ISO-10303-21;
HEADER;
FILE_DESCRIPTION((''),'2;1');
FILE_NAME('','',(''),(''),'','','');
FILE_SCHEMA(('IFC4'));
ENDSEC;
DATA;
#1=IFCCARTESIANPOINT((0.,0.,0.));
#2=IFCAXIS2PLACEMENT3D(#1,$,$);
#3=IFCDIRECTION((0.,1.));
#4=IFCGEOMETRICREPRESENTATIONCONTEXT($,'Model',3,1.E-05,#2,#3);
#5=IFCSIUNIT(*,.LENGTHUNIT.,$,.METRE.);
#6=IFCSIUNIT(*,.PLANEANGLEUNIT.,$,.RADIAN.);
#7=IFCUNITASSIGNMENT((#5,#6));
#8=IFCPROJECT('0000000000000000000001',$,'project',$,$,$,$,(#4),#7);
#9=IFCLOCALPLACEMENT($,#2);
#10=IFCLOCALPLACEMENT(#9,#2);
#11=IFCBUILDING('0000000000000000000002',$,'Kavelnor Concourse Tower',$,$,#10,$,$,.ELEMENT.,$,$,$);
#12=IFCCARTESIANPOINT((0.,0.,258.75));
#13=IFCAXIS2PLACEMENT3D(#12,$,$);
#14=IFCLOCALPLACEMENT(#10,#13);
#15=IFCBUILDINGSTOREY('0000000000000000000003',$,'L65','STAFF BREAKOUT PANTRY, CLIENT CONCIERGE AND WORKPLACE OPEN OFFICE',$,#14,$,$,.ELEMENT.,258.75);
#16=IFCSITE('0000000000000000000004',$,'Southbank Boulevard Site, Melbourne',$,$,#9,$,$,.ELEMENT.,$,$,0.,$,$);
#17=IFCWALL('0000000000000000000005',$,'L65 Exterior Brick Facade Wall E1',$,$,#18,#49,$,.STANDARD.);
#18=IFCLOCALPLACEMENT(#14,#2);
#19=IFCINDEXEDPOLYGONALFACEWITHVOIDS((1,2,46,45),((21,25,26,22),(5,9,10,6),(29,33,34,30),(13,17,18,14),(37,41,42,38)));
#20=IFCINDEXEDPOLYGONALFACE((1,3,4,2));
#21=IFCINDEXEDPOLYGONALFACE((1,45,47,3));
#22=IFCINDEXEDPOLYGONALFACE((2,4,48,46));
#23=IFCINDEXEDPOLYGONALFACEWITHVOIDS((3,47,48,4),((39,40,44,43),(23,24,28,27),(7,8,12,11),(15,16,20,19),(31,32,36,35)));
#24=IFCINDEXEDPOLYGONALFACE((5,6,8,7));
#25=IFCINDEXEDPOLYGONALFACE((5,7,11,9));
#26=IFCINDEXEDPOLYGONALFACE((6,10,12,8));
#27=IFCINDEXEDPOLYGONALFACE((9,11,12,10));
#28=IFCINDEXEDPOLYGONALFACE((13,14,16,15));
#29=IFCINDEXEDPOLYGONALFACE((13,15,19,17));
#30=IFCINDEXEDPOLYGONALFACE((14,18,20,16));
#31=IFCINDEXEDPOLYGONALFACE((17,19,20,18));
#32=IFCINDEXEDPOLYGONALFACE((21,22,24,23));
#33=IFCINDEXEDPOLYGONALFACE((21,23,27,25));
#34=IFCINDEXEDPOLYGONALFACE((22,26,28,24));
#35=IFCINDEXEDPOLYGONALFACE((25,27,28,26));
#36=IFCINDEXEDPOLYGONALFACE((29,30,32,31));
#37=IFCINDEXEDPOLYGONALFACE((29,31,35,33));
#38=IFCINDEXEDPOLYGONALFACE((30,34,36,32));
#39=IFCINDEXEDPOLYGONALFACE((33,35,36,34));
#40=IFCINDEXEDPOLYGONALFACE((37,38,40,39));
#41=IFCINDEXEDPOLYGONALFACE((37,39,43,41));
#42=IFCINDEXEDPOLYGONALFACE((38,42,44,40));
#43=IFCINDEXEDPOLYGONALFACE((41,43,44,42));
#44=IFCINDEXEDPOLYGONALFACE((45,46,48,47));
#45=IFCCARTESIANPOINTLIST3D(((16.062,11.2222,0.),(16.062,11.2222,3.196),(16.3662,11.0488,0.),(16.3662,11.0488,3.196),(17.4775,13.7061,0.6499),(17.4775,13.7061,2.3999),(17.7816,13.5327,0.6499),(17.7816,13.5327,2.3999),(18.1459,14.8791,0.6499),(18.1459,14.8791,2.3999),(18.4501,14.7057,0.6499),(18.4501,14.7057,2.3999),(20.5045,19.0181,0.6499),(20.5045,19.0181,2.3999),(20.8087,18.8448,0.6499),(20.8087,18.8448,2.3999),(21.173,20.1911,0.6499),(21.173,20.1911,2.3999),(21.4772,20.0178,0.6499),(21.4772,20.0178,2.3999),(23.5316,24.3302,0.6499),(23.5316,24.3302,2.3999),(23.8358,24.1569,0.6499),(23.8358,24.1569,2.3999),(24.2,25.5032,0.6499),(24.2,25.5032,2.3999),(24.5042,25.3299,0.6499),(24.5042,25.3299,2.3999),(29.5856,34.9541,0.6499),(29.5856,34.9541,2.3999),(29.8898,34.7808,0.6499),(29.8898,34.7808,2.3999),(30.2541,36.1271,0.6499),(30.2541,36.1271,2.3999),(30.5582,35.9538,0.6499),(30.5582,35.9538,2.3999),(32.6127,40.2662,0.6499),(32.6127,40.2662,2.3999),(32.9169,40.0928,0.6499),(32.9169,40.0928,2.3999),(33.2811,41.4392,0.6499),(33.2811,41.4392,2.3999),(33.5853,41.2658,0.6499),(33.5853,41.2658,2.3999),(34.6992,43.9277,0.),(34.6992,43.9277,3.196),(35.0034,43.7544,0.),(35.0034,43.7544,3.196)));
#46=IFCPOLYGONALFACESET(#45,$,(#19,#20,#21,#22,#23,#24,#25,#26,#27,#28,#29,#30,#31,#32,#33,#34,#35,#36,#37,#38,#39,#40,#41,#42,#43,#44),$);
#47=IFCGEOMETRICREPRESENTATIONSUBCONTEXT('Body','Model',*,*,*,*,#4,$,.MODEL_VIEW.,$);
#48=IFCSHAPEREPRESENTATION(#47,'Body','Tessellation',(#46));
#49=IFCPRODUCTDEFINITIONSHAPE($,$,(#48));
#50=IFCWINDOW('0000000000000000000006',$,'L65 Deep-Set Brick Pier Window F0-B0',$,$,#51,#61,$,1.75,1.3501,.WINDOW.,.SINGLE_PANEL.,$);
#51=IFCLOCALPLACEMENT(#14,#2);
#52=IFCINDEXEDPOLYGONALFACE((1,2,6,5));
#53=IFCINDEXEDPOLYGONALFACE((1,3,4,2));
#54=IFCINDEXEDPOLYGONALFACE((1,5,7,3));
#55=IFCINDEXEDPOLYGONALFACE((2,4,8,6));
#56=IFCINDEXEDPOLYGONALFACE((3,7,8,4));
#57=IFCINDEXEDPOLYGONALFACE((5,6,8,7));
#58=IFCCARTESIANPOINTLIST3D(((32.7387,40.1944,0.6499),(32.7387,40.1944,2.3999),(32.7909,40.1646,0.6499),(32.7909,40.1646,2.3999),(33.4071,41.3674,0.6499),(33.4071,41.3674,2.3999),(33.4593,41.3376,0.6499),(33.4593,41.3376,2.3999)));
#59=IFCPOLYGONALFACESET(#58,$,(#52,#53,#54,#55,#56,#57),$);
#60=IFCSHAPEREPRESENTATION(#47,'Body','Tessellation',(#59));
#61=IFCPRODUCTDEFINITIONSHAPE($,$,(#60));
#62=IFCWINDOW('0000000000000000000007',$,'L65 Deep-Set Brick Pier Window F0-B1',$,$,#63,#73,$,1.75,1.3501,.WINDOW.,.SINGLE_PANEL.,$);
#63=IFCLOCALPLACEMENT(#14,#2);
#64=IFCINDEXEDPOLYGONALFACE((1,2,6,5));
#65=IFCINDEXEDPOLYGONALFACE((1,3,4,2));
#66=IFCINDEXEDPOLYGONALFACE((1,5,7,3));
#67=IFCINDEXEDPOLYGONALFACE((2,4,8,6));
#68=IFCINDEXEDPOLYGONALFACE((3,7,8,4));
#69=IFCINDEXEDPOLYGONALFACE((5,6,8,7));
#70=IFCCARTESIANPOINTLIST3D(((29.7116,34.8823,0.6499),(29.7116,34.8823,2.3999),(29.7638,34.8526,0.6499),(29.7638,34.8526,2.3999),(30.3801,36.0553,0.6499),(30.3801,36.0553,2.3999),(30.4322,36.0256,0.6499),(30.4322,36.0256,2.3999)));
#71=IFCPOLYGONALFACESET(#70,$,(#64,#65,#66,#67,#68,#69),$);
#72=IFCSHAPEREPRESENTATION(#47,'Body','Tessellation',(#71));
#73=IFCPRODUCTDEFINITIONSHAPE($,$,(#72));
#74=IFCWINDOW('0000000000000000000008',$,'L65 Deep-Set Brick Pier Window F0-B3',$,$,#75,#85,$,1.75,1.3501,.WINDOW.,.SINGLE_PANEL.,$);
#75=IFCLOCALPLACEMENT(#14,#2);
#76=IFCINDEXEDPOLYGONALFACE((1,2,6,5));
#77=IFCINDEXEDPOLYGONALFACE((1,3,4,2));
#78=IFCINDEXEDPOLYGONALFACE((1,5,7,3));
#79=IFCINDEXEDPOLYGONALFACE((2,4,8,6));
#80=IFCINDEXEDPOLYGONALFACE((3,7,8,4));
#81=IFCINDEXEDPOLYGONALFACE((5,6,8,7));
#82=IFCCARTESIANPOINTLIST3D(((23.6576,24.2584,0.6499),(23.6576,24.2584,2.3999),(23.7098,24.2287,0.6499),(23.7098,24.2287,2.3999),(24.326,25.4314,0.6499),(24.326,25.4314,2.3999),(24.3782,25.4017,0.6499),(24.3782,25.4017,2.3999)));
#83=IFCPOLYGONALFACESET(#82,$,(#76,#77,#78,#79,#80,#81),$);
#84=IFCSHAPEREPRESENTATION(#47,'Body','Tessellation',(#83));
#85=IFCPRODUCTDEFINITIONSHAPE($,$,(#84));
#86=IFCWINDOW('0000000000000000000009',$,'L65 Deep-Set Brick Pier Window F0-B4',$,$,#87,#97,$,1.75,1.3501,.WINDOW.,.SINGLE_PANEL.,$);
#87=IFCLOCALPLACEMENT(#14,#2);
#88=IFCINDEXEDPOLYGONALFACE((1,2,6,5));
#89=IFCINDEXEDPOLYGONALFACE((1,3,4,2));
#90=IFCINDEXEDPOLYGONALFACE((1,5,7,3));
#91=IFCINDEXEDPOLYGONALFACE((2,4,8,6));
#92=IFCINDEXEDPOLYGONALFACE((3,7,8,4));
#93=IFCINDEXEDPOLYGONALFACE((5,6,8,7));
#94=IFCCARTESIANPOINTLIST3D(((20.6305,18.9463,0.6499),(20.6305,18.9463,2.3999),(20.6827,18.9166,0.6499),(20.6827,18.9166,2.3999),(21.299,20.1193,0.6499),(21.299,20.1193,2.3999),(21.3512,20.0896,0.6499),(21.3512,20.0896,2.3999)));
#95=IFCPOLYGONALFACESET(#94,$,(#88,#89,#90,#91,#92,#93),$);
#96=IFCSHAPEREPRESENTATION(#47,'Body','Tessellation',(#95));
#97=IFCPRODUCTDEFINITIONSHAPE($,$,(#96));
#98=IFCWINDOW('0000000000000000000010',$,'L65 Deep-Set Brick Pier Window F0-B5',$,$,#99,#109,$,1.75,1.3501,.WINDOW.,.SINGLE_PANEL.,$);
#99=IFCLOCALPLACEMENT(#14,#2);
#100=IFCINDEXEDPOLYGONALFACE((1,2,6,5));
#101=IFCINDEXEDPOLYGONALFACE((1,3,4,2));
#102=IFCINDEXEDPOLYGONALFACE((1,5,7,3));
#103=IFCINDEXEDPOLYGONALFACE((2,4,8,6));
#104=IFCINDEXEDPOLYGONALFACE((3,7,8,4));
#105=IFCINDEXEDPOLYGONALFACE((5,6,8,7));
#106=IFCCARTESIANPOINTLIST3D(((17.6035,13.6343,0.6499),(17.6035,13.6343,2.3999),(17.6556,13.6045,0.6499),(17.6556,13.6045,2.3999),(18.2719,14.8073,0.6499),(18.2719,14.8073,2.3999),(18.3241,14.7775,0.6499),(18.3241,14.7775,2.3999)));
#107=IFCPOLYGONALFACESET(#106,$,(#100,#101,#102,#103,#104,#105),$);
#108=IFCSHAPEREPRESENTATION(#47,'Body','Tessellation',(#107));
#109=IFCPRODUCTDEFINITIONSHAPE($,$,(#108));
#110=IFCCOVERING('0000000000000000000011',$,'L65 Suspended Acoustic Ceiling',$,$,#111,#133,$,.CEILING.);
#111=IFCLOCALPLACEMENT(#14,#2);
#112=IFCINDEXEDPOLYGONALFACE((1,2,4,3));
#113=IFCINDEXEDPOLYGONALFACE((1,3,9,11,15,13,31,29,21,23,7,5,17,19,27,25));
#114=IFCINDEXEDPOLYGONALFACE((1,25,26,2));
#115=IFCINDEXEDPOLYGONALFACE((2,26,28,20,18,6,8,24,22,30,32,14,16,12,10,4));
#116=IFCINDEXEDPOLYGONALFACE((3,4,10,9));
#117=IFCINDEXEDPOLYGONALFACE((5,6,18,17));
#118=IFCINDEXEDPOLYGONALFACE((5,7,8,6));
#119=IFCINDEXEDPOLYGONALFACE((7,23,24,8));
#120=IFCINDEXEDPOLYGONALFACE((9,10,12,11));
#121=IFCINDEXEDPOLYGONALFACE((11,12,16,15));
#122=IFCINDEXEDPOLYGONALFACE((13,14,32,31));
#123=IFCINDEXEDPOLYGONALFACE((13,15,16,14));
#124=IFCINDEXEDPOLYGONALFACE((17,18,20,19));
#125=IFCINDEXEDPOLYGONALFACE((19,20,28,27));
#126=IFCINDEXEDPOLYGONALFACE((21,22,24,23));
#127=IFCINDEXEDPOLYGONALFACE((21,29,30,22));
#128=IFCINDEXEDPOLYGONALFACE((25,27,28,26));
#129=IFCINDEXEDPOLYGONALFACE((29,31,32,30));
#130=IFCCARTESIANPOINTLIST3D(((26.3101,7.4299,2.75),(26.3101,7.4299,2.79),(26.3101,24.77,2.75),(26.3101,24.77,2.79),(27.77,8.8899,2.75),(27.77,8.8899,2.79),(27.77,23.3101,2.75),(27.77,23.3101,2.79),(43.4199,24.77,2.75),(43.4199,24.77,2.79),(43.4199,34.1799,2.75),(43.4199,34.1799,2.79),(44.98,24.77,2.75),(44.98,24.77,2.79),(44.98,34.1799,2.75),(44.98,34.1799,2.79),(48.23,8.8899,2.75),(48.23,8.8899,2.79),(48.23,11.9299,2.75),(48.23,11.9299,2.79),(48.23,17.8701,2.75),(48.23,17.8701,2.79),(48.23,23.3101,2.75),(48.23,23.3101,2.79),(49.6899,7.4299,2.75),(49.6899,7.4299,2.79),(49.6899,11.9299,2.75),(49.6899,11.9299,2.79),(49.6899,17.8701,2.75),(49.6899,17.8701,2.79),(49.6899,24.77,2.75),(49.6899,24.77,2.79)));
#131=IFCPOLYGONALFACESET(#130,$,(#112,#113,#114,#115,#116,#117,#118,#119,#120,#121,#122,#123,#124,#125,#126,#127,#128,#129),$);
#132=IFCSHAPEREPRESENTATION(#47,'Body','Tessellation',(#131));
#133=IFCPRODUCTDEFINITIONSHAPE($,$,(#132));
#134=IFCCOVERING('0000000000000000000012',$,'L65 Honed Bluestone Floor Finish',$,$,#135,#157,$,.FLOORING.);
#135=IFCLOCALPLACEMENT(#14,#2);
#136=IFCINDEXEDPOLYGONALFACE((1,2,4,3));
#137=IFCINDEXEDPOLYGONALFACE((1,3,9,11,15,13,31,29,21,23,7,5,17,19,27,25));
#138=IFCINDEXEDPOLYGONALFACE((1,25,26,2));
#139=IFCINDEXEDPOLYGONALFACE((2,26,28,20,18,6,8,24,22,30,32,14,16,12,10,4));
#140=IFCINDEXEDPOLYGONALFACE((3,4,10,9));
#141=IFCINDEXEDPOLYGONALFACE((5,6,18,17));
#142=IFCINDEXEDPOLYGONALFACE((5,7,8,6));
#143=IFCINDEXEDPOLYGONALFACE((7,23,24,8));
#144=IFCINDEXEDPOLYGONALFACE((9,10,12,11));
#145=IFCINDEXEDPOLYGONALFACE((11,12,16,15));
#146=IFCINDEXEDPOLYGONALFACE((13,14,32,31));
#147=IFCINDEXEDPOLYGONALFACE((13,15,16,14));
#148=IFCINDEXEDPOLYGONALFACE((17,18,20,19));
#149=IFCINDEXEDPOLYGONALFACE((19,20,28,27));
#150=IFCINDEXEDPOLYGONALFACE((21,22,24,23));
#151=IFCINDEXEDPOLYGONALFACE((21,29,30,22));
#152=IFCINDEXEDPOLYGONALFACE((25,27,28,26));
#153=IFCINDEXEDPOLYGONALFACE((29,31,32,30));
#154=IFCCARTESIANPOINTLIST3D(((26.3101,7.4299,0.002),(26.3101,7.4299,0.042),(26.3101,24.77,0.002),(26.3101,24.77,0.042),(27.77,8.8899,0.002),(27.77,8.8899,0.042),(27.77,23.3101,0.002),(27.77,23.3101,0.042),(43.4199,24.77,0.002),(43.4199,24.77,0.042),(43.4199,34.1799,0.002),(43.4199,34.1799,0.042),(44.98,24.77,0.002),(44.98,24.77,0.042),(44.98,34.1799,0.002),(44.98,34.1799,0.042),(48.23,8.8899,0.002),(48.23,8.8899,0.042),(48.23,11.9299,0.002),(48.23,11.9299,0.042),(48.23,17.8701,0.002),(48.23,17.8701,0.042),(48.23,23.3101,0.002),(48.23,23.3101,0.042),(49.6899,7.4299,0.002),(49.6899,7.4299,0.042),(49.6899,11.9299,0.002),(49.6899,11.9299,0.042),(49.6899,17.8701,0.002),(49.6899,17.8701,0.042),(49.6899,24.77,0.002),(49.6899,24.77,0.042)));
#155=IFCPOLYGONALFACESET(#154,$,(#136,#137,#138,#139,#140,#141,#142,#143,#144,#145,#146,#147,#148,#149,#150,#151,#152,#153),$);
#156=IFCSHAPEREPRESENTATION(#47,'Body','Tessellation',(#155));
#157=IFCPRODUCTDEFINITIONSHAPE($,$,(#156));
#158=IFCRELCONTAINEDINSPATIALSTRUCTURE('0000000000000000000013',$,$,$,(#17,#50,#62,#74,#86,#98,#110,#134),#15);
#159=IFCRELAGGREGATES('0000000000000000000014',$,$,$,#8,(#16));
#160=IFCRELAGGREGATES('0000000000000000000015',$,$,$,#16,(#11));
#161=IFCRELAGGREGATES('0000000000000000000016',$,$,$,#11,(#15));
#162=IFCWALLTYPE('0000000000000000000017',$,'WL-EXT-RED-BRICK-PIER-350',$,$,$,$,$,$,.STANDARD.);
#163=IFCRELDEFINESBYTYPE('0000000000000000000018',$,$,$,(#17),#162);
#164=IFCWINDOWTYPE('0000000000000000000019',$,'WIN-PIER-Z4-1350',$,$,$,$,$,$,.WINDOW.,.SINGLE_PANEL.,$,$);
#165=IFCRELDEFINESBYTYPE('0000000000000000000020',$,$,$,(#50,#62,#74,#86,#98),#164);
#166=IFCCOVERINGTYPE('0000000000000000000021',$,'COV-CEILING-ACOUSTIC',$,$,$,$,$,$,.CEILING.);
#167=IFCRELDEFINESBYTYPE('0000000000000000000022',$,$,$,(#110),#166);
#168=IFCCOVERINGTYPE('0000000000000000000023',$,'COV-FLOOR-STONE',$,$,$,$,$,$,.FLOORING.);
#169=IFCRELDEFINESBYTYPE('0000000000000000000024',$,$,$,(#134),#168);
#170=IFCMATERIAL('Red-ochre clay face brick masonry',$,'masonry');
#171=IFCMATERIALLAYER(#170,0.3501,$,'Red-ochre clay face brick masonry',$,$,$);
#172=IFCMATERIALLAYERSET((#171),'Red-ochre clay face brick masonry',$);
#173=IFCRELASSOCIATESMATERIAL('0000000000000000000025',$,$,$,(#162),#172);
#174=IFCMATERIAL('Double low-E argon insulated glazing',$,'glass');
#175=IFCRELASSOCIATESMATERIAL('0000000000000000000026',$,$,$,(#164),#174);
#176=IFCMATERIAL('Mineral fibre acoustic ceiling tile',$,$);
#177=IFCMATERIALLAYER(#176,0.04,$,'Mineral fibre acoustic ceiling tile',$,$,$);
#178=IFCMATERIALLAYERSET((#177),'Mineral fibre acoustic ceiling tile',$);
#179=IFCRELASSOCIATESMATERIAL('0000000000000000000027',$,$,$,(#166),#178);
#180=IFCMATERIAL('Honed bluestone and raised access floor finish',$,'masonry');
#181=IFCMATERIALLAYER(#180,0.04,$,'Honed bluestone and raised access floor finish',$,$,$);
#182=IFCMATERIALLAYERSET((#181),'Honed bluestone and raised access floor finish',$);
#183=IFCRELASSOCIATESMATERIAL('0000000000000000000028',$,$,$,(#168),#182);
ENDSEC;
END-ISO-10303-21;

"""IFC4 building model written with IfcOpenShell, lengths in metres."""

from ifc_helpers import new_model, si_unit, direction, frame, frame_2d, origin, place, context, subcontext, project, spatial, polyline, rectangle, outline, extrude, material, layer, layer_set, type_object, element, fill, save


model = new_model("IFC4")

# Units and contexts
model_context = context("Model", 3, precision=1e-05, world=origin(), true_north=direction((0.0, 1.0)))
body_context = subcontext(model_context, "Body", "Model", "MODEL_VIEW")
ifc_project = project(units=[si_unit("LENGTHUNIT", "METRE"), si_unit("PLANEANGLEUNIT", "RADIAN")], contexts=[model_context])

# Site, building, storey
site_placement = place(None, origin())
site = spatial("IfcSite", under=ifc_project, at=site_placement, Name="Southbank Boulevard Site, Melbourne", CompositionType="ELEMENT", RefElevation=0.0)
building_placement = place(site_placement, origin())
building = spatial("IfcBuilding", under=site, at=building_placement, Name="Kavelnor Concourse Tower", CompositionType="ELEMENT")
storey_placement = place(building_placement, frame((0.0, 0.0, 258.75)))
storey = spatial("IfcBuildingStorey", under=building, at=storey_placement, Name="L65", Description="STAFF BREAKOUT PANTRY, CLIENT CONCIERGE AND WORKPLACE OPEN OFFICE", CompositionType="ELEMENT", Elevation=258.75)

# Shared definitions
ifc_material_1 = material(Name="Double low-E argon insulated glazing", Category="glass")

# Wall, openings, windows
ifc_material_2 = material(Name="Red-ochre clay face brick masonry", Category="masonry")
ifc_layer_1 = layer(ifc_material_2, 0.3501, Name="Red-ochre clay face brick masonry")
ifc_layer_set_1 = layer_set([ifc_layer_1], Name="Red-ochre clay face brick masonry")
wall_type_1 = type_object("IfcWallType", Name="WL-EXT-RED-BRICK-PIER-350", PredefinedType="STANDARD", material=ifc_layer_set_1)
wall_1_placement = place(storey_placement, frame((16.2141, 11.1355, 0.0), z_axis=(0.0, 0.0, 1.0), x_axis=(0.495103, 0.868834, 0.0)))
wall_1 = element("IfcWall", 1, at=wall_1_placement, inside=storey, type_object=wall_type_1, Name="L65 Exterior Brick Facade Wall E1", PredefinedType="STANDARD", context=body_context, shape_type="SweptSolid", body=[
    extrude(rectangle(XDim=37.6431, YDim=0.3501, at=frame_2d((18.8215, 0.0))), origin(), (0.0, 0.0, 1.0), 3.196),
])
opening_1_placement = place(wall_1_placement, frame((33.4287, 0.0, 0.6499)))
opening_1 = element("IfcOpeningElement", 2, at=opening_1_placement, cuts=wall_1, PredefinedType="OPENING", context=body_context, shape_type="SweptSolid", body=[
    extrude(rectangle(XDim=1.3501, YDim=1.75, at=frame_2d((0.675, 0.875))), frame((0.0, 0.1851, 0.0), z_axis=(0.0, -1.0, 0.0), x_axis=(1.0, 0.0, 0.0)), (0.0, 0.0, 1.0), 0.3701),
])
opening_2_placement = place(wall_1_placement, frame((27.3147, 0.0, 0.6499)))
opening_2 = element("IfcOpeningElement", 3, at=opening_2_placement, cuts=wall_1, PredefinedType="OPENING", context=body_context, shape_type="SweptSolid", body=[
    extrude(rectangle(XDim=1.3501, YDim=1.75, at=frame_2d((0.675, 0.875))), frame((0.0, 0.1851, 0.0), z_axis=(0.0, -1.0, 0.0), x_axis=(1.0, 0.0, 0.0)), (0.0, 0.0, 1.0), 0.3701),
])
opening_3_placement = place(wall_1_placement, frame((15.0869, 0.0, 0.6499)))
opening_3 = element("IfcOpeningElement", 4, at=opening_3_placement, cuts=wall_1, PredefinedType="OPENING", context=body_context, shape_type="SweptSolid", body=[
    extrude(rectangle(XDim=1.3501, YDim=1.75, at=frame_2d((0.675, 0.875))), frame((0.0, 0.1851, 0.0), z_axis=(0.0, -1.0, 0.0), x_axis=(1.0, 0.0, 0.0)), (0.0, 0.0, 1.0), 0.3701),
])
opening_4_placement = place(wall_1_placement, frame((8.9729, 0.0, 0.6499)))
opening_4 = element("IfcOpeningElement", 5, at=opening_4_placement, cuts=wall_1, PredefinedType="OPENING", context=body_context, shape_type="SweptSolid", body=[
    extrude(rectangle(XDim=1.3501, YDim=1.75, at=frame_2d((0.675, 0.875))), frame((0.0, 0.1851, 0.0), z_axis=(0.0, -1.0, 0.0), x_axis=(1.0, 0.0, 0.0)), (0.0, 0.0, 1.0), 0.3701),
])
opening_5_placement = place(wall_1_placement, frame((2.8589, 0.0, 0.6499)))
opening_5 = element("IfcOpeningElement", 6, at=opening_5_placement, cuts=wall_1, PredefinedType="OPENING", context=body_context, shape_type="SweptSolid", body=[
    extrude(rectangle(XDim=1.3501, YDim=1.75, at=frame_2d((0.675, 0.875))), frame((0.0, 0.1851, 0.0), z_axis=(0.0, -1.0, 0.0), x_axis=(1.0, 0.0, 0.0)), (0.0, 0.0, 1.0), 0.3701),
])
window_type_1 = type_object("IfcWindowType", Name="WIN-PIER-Z4-1350", PartitioningType="SINGLE_PANEL", PredefinedType="WINDOW", material=ifc_material_1)
window_1_placement = place(opening_1_placement, origin())
window_1 = element("IfcWindow", 7, at=window_1_placement, inside=storey, type_object=window_type_1, Name="L65 Deep-Set Brick Pier Window F0-B0", OverallHeight=1.75, OverallWidth=1.3501, PartitioningType="SINGLE_PANEL", PredefinedType="WINDOW", context=body_context, shape_type="SweptSolid", body=[
    extrude(rectangle(XDim=1.3501, YDim=1.75, at=frame_2d((0.675, 0.875))), frame((0.0, 0.03, 0.0), z_axis=(0.0, -1.0, 0.0), x_axis=(1.0, 0.0, 0.0)), (0.0, 0.0, 1.0), 0.0601),
])
fill(opening_1, window_1)
window_2_placement = place(opening_2_placement, origin())
window_2 = element("IfcWindow", 8, at=window_2_placement, inside=storey, type_object=window_type_1, Name="L65 Deep-Set Brick Pier Window F0-B1", OverallHeight=1.75, OverallWidth=1.3501, PartitioningType="SINGLE_PANEL", PredefinedType="WINDOW", context=body_context, shape_type="SweptSolid", body=[
    extrude(rectangle(XDim=1.3501, YDim=1.75, at=frame_2d((0.675, 0.875))), frame((0.0, 0.03, 0.0), z_axis=(0.0, -1.0, 0.0), x_axis=(1.0, 0.0, 0.0)), (0.0, 0.0, 1.0), 0.0601),
])
fill(opening_2, window_2)
window_3_placement = place(opening_3_placement, origin())
window_3 = element("IfcWindow", 9, at=window_3_placement, inside=storey, type_object=window_type_1, Name="L65 Deep-Set Brick Pier Window F0-B3", OverallHeight=1.75, OverallWidth=1.3501, PartitioningType="SINGLE_PANEL", PredefinedType="WINDOW", context=body_context, shape_type="SweptSolid", body=[
    extrude(rectangle(XDim=1.3501, YDim=1.75, at=frame_2d((0.675, 0.875))), frame((0.0, 0.03, 0.0), z_axis=(0.0, -1.0, 0.0), x_axis=(1.0, 0.0, 0.0)), (0.0, 0.0, 1.0), 0.0601),
])
fill(opening_3, window_3)
window_4_placement = place(opening_4_placement, origin())
window_4 = element("IfcWindow", 10, at=window_4_placement, inside=storey, type_object=window_type_1, Name="L65 Deep-Set Brick Pier Window F0-B4", OverallHeight=1.75, OverallWidth=1.3501, PartitioningType="SINGLE_PANEL", PredefinedType="WINDOW", context=body_context, shape_type="SweptSolid", body=[
    extrude(rectangle(XDim=1.3501, YDim=1.75, at=frame_2d((0.675, 0.875))), frame((0.0, 0.03, 0.0), z_axis=(0.0, -1.0, 0.0), x_axis=(1.0, 0.0, 0.0)), (0.0, 0.0, 1.0), 0.0601),
])
fill(opening_4, window_4)
window_5_placement = place(opening_5_placement, origin())
window_5 = element("IfcWindow", 11, at=window_5_placement, inside=storey, type_object=window_type_1, Name="L65 Deep-Set Brick Pier Window F0-B5", OverallHeight=1.75, OverallWidth=1.3501, PartitioningType="SINGLE_PANEL", PredefinedType="WINDOW", context=body_context, shape_type="SweptSolid", body=[
    extrude(rectangle(XDim=1.3501, YDim=1.75, at=frame_2d((0.675, 0.875))), frame((0.0, 0.03, 0.0), z_axis=(0.0, -1.0, 0.0), x_axis=(1.0, 0.0, 0.0)), (0.0, 0.0, 1.0), 0.0601),
])
fill(opening_5, window_5)

# Coverings
ifc_material_3 = material(Name="Mineral fibre acoustic ceiling tile")
ifc_layer_2 = layer(ifc_material_3, 0.04, Name="Mineral fibre acoustic ceiling tile")
ifc_layer_set_2 = layer_set([ifc_layer_2], Name="Mineral fibre acoustic ceiling tile")
covering_type_1 = type_object("IfcCoveringType", Name="COV-CEILING-ACOUSTIC", PredefinedType="CEILING", material=ifc_layer_set_2)
covering_1_placement = place(storey_placement, frame((0.0, 0.0, 2.75)))
element("IfcCovering", 12, at=covering_1_placement, inside=storey, type_object=covering_type_1, Name="L65 Suspended Acoustic Ceiling", PredefinedType="CEILING", context=body_context, shape_type="SweptSolid", body=[
    extrude(outline(polyline([(44.98, 24.77), (49.6899, 24.77), (49.6899, 17.8701), (48.23, 17.8701), (48.23, 23.3101), (27.77, 23.3101), (27.77, 8.8899), (48.23, 8.8899), (48.23, 11.9299), (49.6899, 11.9299), (49.6899, 7.4299), (26.3101, 7.4299), (26.3101, 24.77), (43.4199, 24.77), (43.4199, 34.1799), (44.98, 34.1799), (44.98, 24.77)])), origin(), (0.0, 0.0, 1.0), 0.04),
])
ifc_material_4 = material(Name="Honed bluestone and raised access floor finish", Category="masonry")
ifc_layer_3 = layer(ifc_material_4, 0.04, Name="Honed bluestone and raised access floor finish")
ifc_layer_set_3 = layer_set([ifc_layer_3], Name="Honed bluestone and raised access floor finish")
covering_type_2 = type_object("IfcCoveringType", Name="COV-FLOOR-STONE", PredefinedType="FLOORING", material=ifc_layer_set_3)
covering_2_placement = place(storey_placement, frame((0.0, 0.0, 0.002)))
element("IfcCovering", 13, at=covering_2_placement, inside=storey, type_object=covering_type_2, Name="L65 Honed Bluestone Floor Finish", PredefinedType="FLOORING", context=body_context, shape_type="SweptSolid", body=[
    extrude(outline(polyline([(44.98, 24.77), (49.6899, 24.77), (49.6899, 17.8701), (48.23, 17.8701), (48.23, 23.3101), (27.77, 23.3101), (27.77, 8.8899), (48.23, 8.8899), (48.23, 11.9299), (49.6899, 11.9299), (49.6899, 7.4299), (26.3101, 7.4299), (26.3101, 24.77), (43.4199, 24.77), (43.4199, 34.1799), (44.98, 34.1799), (44.98, 24.77)])), origin(), (0.0, 0.0, 1.0), 0.04),
])

save(model, "model.ifc")
